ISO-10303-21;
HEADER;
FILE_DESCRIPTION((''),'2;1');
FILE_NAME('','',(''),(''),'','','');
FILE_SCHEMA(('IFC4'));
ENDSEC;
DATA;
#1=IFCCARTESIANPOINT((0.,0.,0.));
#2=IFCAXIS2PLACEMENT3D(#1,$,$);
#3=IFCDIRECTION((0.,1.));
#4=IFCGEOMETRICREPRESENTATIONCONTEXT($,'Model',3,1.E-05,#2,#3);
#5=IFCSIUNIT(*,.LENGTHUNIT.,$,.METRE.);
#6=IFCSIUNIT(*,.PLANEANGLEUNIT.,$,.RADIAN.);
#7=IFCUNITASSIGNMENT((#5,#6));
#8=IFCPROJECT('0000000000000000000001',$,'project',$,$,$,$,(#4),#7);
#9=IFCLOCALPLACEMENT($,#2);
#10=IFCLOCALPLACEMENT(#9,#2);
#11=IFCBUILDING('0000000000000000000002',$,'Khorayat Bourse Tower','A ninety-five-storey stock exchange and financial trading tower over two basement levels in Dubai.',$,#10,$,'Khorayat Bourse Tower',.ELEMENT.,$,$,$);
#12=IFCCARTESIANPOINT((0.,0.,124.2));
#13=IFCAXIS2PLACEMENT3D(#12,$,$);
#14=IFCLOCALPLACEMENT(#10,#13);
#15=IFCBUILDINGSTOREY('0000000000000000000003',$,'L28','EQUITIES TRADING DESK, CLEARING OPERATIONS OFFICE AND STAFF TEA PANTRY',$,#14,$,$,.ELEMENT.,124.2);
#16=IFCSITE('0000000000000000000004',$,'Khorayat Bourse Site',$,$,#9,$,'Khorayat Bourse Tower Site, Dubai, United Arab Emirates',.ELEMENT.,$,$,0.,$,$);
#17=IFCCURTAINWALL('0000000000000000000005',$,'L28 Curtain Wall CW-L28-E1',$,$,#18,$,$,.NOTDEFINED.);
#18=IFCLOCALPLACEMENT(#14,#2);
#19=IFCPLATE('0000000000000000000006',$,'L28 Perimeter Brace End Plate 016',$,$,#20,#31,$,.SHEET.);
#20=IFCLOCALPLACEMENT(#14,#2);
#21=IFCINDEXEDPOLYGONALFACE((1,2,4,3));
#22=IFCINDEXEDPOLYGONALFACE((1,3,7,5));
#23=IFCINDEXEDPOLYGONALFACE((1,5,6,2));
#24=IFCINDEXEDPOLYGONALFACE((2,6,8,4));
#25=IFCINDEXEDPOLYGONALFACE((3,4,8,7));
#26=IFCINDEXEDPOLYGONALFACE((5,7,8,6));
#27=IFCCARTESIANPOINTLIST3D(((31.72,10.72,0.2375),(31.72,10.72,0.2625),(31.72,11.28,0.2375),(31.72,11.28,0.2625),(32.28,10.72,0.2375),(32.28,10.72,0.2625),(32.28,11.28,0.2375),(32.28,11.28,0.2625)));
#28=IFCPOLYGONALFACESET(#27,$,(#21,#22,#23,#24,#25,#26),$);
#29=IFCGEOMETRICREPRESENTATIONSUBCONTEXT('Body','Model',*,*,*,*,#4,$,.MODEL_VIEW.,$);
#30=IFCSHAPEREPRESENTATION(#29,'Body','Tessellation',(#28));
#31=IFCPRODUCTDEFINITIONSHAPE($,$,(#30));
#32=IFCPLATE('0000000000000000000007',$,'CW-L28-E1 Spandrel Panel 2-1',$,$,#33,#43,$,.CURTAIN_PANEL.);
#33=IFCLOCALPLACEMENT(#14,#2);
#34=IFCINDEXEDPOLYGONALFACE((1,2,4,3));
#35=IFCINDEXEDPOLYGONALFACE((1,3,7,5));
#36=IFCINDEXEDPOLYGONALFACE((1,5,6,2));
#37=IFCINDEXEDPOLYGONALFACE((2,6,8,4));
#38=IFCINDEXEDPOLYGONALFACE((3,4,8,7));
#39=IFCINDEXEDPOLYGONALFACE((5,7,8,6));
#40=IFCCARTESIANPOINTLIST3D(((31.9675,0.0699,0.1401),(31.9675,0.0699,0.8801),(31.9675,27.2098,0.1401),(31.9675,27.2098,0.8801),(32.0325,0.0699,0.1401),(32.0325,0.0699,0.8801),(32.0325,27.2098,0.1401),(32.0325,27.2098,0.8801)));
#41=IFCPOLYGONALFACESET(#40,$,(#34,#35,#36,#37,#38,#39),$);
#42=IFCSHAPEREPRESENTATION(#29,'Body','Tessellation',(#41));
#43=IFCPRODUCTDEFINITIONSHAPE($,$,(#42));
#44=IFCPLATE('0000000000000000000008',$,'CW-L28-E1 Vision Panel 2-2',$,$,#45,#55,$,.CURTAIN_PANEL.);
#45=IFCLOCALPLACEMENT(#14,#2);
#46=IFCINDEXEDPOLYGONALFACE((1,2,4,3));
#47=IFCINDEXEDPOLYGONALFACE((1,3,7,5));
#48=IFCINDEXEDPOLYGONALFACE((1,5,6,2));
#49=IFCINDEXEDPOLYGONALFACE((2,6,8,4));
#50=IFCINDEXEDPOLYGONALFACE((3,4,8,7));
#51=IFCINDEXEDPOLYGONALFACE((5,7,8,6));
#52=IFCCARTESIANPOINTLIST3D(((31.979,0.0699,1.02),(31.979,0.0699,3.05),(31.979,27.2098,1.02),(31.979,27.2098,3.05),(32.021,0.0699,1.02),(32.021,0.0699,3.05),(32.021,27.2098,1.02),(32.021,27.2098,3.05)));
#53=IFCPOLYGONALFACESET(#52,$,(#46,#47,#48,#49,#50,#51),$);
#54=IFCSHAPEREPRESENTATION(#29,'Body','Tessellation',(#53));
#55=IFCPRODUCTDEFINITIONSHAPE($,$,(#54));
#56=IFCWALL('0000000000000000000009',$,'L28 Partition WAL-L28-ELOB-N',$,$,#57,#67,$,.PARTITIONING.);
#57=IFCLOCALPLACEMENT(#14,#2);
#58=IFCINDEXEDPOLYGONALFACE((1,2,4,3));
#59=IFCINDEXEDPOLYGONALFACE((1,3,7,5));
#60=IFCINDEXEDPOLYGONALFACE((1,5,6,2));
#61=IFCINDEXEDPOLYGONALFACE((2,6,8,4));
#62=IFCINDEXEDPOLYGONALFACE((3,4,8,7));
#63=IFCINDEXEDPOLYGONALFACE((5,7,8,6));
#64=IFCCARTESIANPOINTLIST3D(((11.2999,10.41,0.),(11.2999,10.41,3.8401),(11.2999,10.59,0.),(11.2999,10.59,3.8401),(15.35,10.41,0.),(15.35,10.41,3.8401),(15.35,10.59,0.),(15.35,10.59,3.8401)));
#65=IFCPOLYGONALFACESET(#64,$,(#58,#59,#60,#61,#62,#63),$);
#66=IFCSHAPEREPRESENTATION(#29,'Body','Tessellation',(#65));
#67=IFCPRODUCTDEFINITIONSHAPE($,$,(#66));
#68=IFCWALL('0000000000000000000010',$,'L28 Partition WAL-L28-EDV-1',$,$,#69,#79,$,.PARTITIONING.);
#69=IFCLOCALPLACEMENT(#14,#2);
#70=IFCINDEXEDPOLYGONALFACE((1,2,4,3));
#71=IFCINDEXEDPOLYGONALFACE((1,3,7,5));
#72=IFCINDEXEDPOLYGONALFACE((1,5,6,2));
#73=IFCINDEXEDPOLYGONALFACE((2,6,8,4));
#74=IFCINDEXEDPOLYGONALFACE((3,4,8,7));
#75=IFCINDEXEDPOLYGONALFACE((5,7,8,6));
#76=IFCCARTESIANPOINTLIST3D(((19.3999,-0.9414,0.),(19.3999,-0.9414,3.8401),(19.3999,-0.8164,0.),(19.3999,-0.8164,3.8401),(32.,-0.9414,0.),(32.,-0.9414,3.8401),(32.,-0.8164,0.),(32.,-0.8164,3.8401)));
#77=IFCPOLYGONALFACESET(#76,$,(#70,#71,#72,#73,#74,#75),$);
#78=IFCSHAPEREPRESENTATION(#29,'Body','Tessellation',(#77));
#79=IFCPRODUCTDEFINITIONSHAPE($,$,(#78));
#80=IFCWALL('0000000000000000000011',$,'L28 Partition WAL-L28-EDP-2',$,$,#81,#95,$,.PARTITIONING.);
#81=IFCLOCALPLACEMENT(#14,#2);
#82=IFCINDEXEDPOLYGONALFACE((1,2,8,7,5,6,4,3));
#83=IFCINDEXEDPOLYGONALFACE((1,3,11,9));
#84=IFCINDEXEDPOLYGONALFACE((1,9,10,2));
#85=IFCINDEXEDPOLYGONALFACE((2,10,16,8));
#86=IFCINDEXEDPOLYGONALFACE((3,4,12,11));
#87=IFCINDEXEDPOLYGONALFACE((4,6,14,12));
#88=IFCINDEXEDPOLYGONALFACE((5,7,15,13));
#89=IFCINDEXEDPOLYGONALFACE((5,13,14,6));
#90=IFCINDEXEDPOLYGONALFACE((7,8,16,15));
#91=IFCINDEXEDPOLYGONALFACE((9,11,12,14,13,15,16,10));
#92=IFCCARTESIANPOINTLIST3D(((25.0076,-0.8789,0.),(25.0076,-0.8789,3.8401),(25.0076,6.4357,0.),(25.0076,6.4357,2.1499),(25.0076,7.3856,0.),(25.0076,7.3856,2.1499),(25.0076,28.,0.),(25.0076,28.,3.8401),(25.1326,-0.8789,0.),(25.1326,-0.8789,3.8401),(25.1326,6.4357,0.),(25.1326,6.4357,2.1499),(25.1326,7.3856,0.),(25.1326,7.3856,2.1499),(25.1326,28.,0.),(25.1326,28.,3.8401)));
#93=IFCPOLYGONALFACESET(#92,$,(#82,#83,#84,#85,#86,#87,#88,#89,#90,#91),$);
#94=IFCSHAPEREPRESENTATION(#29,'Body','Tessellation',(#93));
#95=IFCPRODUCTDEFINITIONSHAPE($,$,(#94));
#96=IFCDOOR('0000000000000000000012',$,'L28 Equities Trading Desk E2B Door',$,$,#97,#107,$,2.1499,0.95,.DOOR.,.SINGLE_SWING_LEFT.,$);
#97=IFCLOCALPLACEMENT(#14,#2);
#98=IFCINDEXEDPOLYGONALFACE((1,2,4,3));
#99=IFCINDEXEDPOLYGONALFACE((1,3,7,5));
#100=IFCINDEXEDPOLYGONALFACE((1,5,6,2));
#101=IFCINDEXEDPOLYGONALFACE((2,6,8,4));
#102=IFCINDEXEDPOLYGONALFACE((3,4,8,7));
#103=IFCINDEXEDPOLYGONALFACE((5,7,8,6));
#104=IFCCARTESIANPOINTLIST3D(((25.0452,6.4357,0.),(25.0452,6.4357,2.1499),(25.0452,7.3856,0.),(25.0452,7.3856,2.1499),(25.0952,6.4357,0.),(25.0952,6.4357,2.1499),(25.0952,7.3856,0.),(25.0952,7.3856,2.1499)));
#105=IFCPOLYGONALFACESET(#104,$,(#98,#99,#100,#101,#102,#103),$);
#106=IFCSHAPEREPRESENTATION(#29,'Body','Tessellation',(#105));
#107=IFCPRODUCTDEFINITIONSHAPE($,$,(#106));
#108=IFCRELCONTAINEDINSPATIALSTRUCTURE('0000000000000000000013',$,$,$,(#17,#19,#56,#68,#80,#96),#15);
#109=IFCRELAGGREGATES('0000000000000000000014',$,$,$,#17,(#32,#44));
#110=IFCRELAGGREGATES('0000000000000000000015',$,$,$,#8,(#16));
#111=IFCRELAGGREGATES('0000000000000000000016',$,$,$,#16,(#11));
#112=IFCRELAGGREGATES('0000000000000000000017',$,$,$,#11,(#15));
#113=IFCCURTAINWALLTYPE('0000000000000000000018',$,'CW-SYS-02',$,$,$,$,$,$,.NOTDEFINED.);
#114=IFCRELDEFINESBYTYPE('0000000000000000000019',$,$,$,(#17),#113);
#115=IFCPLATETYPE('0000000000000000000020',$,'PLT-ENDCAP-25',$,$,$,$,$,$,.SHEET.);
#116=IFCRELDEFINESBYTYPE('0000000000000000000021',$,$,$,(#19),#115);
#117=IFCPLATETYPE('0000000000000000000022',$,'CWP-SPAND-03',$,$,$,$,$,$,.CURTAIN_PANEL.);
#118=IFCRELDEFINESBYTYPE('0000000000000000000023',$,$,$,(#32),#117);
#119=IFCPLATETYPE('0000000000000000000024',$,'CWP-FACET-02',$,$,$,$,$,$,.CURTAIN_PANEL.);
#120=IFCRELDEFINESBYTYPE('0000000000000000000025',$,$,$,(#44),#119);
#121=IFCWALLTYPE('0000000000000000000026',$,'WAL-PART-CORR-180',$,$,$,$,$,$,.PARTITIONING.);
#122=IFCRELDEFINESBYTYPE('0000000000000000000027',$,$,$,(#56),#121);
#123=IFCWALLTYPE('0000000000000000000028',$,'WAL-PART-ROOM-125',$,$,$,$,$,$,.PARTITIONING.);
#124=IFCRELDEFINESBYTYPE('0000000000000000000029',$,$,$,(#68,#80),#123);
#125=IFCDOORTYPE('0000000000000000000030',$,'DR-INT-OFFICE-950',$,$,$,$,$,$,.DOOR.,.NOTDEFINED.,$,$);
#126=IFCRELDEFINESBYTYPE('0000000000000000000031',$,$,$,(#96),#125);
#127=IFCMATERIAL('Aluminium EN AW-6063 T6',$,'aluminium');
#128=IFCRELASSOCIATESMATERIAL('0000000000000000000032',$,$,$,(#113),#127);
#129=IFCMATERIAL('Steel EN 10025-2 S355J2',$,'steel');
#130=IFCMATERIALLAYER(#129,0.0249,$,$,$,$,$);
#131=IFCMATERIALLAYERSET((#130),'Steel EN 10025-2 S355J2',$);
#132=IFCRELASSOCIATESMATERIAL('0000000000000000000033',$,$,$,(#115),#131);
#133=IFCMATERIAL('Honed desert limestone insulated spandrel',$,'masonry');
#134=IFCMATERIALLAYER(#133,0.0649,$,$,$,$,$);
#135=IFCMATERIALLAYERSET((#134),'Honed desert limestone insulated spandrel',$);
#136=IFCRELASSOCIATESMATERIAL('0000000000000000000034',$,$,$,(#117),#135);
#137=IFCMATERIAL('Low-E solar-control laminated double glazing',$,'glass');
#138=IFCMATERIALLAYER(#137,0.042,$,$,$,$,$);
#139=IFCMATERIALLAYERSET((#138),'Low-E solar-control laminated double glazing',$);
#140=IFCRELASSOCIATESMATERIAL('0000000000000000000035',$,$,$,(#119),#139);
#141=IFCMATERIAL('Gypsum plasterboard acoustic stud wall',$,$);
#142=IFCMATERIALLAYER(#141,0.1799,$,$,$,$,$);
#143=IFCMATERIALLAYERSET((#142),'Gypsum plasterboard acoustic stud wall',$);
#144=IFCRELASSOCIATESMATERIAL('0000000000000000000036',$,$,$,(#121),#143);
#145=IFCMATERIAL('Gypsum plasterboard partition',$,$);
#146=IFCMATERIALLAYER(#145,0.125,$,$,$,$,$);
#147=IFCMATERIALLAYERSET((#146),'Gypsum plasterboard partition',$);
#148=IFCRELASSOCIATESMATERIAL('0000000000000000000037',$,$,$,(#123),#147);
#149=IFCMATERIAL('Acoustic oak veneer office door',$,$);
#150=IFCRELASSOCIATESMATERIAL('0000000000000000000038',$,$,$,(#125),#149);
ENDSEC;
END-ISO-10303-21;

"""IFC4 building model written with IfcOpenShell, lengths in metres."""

from ifc_helpers import new_model, si_unit, direction, frame, frame_2d, origin, origin_2d, place, context, subcontext, project, spatial, rectangle, extrude, source, transform, mapped, material, layer, layer_set, type_object, element, fill, aggregate, save


model = new_model("IFC4")

# Units and contexts
model_context = context("Model", 3, precision=1e-05, world=origin(), true_north=direction((0.0, 1.0)))
body_context = subcontext(model_context, "Body", "Model", "MODEL_VIEW")
ifc_project = project(units=[si_unit("LENGTHUNIT", "METRE"), si_unit("PLANEANGLEUNIT", "RADIAN")], contexts=[model_context])

# Site, building, storey
site_placement = place(None, origin())
site = spatial("IfcSite", under=ifc_project, at=site_placement, Name="Khorayat Bourse Site", LongName="Khorayat Bourse Tower Site, Dubai, United Arab Emirates", CompositionType="ELEMENT", RefElevation=0.0)
building_placement = place(site_placement, origin())
building = spatial("IfcBuilding", under=site, at=building_placement, Name="Khorayat Bourse Tower", Description="A ninety-five-storey stock exchange and financial trading tower over two basement levels in Dubai.", LongName="Khorayat Bourse Tower", CompositionType="ELEMENT")
storey_placement = place(building_placement, frame((0.0, 0.0, 124.2)))
storey = spatial("IfcBuildingStorey", under=building, at=storey_placement, Name="L28", Description="EQUITIES TRADING DESK, CLEARING OPERATIONS OFFICE AND STAFF TEA PANTRY", CompositionType="ELEMENT", Elevation=124.2)

# Curtain wall
ifc_material_1 = material(Name="Aluminium EN AW-6063 T6", Category="aluminium")
curtain_wall_type = type_object("IfcCurtainWallType", Name="CW-SYS-02", PredefinedType="NOTDEFINED", material=ifc_material_1)
curtain_wall_placement = place(storey_placement, origin())
curtain_wall = element("IfcCurtainWall", 1, at=curtain_wall_placement, inside=storey, type_object=curtain_wall_type, Name="L28 Curtain Wall CW-L28-E1", PredefinedType="NOTDEFINED")

# Plate
ifc_material_2 = material(Name="Steel EN 10025-2 S355J2", Category="steel")
ifc_layer_1 = layer(ifc_material_2, 0.0249)
ifc_layer_set_1 = layer_set([ifc_layer_1], Name="Steel EN 10025-2 S355J2")
plate_type_1 = type_object("IfcPlateType", Name="PLT-ENDCAP-25", PredefinedType="SHEET", material=ifc_layer_set_1)
shared_shape_1 = source(origin(), body_context, "Body", "SweptSolid", [
    extrude(rectangle(XDim=0.5601, YDim=0.5601, at=origin_2d()), origin(), (0.0, 0.0, 1.0), 0.0249),
])
for number, where, z_axis, x_axis, name in (
    (2, (32.0, 11.0, 0.2375), (0.0, 0.0, 1.0), (1.0, 0.0, 0.0), "L28 Perimeter Brace End Plate 016"),
):
    element("IfcPlate", number, at=place(storey_placement, frame(where, z_axis=z_axis, x_axis=x_axis)), inside=storey, type_object=plate_type_1, Name=name, PredefinedType="SHEET", context=body_context, shape_type="MappedRepresentation", body=[
        mapped(shared_shape_1, transform((0.0, 0.0, 0.0), scale=1.0)),
    ])

# Plates
ifc_material_3 = material(Name="Honed desert limestone insulated spandrel", Category="masonry")
ifc_layer_2 = layer(ifc_material_3, 0.0649)
ifc_layer_set_2 = layer_set([ifc_layer_2], Name="Honed desert limestone insulated spandrel")
plate_type_2 = type_object("IfcPlateType", Name="CWP-SPAND-03", PredefinedType="CURTAIN_PANEL", material=ifc_layer_set_2)
shared_shape_2 = source(origin(), body_context, "Body", "SweptSolid", [
    extrude(rectangle(XDim=27.1399, YDim=0.0649, at=origin_2d()), origin(), (0.0, 0.0, 1.0), 0.74),
])
plate_1_placement = place(storey_placement, frame((32.0, 13.6399, 0.1401), z_axis=(0.0, 0.0, 1.0), x_axis=(0.0, 1.0, 0.0)))
plate_1 = element("IfcPlate", 3, at=plate_1_placement, type_object=plate_type_2, Name="CW-L28-E1 Spandrel Panel 2-1", PredefinedType="CURTAIN_PANEL", context=body_context, shape_type="MappedRepresentation", body=[
    mapped(shared_shape_2, transform((0.0, 0.0, 0.0), scale=1.0)),
])
ifc_material_4 = material(Name="Low-E solar-control laminated double glazing", Category="glass")
ifc_layer_3 = layer(ifc_material_4, 0.042)
ifc_layer_set_3 = layer_set([ifc_layer_3], Name="Low-E solar-control laminated double glazing")
plate_type_3 = type_object("IfcPlateType", Name="CWP-FACET-02", PredefinedType="CURTAIN_PANEL", material=ifc_layer_set_3)
shared_shape_3 = source(origin(), body_context, "Body", "SweptSolid", [
    extrude(rectangle(XDim=27.1399, YDim=0.042, at=origin_2d()), origin(), (0.0, 0.0, 1.0), 2.03),
])
plate_2_placement = place(storey_placement, frame((32.0, 13.6399, 1.02), z_axis=(0.0, 0.0, 1.0), x_axis=(0.0, 1.0, 0.0)))
plate_2 = element("IfcPlate", 4, at=plate_2_placement, type_object=plate_type_3, Name="CW-L28-E1 Vision Panel 2-2", PredefinedType="CURTAIN_PANEL", context=body_context, shape_type="MappedRepresentation", body=[
    mapped(shared_shape_3, transform((0.0, 0.0, 0.0), scale=1.0)),
])
aggregate(curtain_wall, [plate_1, plate_2])

# Walls
ifc_material_5 = material(Name="Gypsum plasterboard acoustic stud wall")
ifc_layer_4 = layer(ifc_material_5, 0.1799)
ifc_layer_set_4 = layer_set([ifc_layer_4], Name="Gypsum plasterboard acoustic stud wall")
wall_type_1 = type_object("IfcWallType", Name="WAL-PART-CORR-180", PredefinedType="PARTITIONING", material=ifc_layer_set_4)
shared_shape_4 = source(origin(), body_context, "Body", "SweptSolid", [
    extrude(rectangle(XDim=4.05, YDim=0.1799, at=frame_2d((2.0249, 0.0))), origin(), (0.0, 0.0, 1.0), 3.8401),
])
wall_1_placement = place(storey_placement, frame((11.3, 10.5, 0.0), z_axis=(0.0, 0.0, 1.0), x_axis=(1.0, 0.0, 0.0)))
element("IfcWall", 5, at=wall_1_placement, inside=storey, type_object=wall_type_1, Name="L28 Partition WAL-L28-ELOB-N", PredefinedType="PARTITIONING", context=body_context, shape_type="MappedRepresentation", body=[
    mapped(shared_shape_4, transform((0.0, 0.0, 0.0), scale=1.0)),
])
ifc_material_6 = material(Name="Gypsum plasterboard partition")
ifc_layer_5 = layer(ifc_material_6, 0.125)
ifc_layer_set_5 = layer_set([ifc_layer_5], Name="Gypsum plasterboard partition")
wall_type_2 = type_object("IfcWallType", Name="WAL-PART-ROOM-125", PredefinedType="PARTITIONING", material=ifc_layer_set_5)
shared_shape_5 = source(origin(), body_context, "Body", "SweptSolid", [
    extrude(rectangle(XDim=12.6001, YDim=0.125, at=frame_2d((6.3, 0.0))), origin(), (0.0, 0.0, 1.0), 3.8401),
])
wall_2_placement = place(storey_placement, frame((19.3999, -0.8789, 0.0), z_axis=(0.0, 0.0, 1.0), x_axis=(1.0, 0.0, 0.0)))
element("IfcWall", 6, at=wall_2_placement, inside=storey, type_object=wall_type_2, Name="L28 Partition WAL-L28-EDV-1", PredefinedType="PARTITIONING", context=body_context, shape_type="MappedRepresentation", body=[
    mapped(shared_shape_5, transform((0.0, 0.0, 0.0), scale=1.0)),
])

# Wall, opening, door
shared_shape_6 = source(origin(), body_context, "Body", "SweptSolid", [
    extrude(rectangle(XDim=28.8789, YDim=0.125, at=frame_2d((14.4395, 0.0))), origin(), (0.0, 0.0, 1.0), 3.8401),
])
wall_3_placement = place(storey_placement, frame((25.0701, -0.8789, 0.0), z_axis=(0.0, 0.0, 1.0), x_axis=(0.0, 1.0, 0.0)))
wall_3 = element("IfcWall", 7, at=wall_3_placement, inside=storey, type_object=wall_type_2, Name="L28 Partition WAL-L28-EDP-2", PredefinedType="PARTITIONING", context=body_context, shape_type="MappedRepresentation", body=[
    mapped(shared_shape_6, transform((0.0, 0.0, 0.0), scale=1.0)),
])
shared_shape_7 = source(origin(), body_context, "Body", "SweptSolid", [
    extrude(rectangle(XDim=0.95, YDim=2.1499, at=frame_2d((0.4751, 1.075))), frame((0.0, 0.0725, 0.0), z_axis=(0.0, -1.0, 0.0), x_axis=(1.0, 0.0, 0.0)), (0.0, 0.0, 1.0), 0.145),
])
opening_placement = place(wall_3_placement, frame((7.3145, 0.0, 0.0)))
opening = element("IfcOpeningElement", 8, at=opening_placement, cuts=wall_3, PredefinedType="OPENING", context=body_context, shape_type="MappedRepresentation", body=[
    mapped(shared_shape_7, transform((0.0, 0.0, 0.0), scale=1.0)),
])
ifc_material_7 = material(Name="Acoustic oak veneer office door")
door_type = type_object("IfcDoorType", Name="DR-INT-OFFICE-950", OperationType="NOTDEFINED", PredefinedType="DOOR", material=ifc_material_7)
shared_shape_8 = source(origin(), body_context, "Body", "SweptSolid", [
    extrude(rectangle(XDim=0.95, YDim=2.1499, at=frame_2d((0.4751, 1.075))), frame((0.0, 0.0249, 0.0), z_axis=(0.0, -1.0, 0.0), x_axis=(1.0, 0.0, 0.0)), (0.0, 0.0, 1.0), 0.05),
])
door_placement = place(opening_placement, origin())
door = element("IfcDoor", 9, at=door_placement, inside=storey, type_object=door_type, Name="L28 Equities Trading Desk E2B Door", OperationType="SINGLE_SWING_LEFT", OverallHeight=2.1499, OverallWidth=0.95, PredefinedType="DOOR", context=body_context, shape_type="MappedRepresentation", body=[
    mapped(shared_shape_8, transform((0.0, 0.0, 0.0), scale=1.0)),
])
fill(opening, door)

save(model, "model.ifc")
